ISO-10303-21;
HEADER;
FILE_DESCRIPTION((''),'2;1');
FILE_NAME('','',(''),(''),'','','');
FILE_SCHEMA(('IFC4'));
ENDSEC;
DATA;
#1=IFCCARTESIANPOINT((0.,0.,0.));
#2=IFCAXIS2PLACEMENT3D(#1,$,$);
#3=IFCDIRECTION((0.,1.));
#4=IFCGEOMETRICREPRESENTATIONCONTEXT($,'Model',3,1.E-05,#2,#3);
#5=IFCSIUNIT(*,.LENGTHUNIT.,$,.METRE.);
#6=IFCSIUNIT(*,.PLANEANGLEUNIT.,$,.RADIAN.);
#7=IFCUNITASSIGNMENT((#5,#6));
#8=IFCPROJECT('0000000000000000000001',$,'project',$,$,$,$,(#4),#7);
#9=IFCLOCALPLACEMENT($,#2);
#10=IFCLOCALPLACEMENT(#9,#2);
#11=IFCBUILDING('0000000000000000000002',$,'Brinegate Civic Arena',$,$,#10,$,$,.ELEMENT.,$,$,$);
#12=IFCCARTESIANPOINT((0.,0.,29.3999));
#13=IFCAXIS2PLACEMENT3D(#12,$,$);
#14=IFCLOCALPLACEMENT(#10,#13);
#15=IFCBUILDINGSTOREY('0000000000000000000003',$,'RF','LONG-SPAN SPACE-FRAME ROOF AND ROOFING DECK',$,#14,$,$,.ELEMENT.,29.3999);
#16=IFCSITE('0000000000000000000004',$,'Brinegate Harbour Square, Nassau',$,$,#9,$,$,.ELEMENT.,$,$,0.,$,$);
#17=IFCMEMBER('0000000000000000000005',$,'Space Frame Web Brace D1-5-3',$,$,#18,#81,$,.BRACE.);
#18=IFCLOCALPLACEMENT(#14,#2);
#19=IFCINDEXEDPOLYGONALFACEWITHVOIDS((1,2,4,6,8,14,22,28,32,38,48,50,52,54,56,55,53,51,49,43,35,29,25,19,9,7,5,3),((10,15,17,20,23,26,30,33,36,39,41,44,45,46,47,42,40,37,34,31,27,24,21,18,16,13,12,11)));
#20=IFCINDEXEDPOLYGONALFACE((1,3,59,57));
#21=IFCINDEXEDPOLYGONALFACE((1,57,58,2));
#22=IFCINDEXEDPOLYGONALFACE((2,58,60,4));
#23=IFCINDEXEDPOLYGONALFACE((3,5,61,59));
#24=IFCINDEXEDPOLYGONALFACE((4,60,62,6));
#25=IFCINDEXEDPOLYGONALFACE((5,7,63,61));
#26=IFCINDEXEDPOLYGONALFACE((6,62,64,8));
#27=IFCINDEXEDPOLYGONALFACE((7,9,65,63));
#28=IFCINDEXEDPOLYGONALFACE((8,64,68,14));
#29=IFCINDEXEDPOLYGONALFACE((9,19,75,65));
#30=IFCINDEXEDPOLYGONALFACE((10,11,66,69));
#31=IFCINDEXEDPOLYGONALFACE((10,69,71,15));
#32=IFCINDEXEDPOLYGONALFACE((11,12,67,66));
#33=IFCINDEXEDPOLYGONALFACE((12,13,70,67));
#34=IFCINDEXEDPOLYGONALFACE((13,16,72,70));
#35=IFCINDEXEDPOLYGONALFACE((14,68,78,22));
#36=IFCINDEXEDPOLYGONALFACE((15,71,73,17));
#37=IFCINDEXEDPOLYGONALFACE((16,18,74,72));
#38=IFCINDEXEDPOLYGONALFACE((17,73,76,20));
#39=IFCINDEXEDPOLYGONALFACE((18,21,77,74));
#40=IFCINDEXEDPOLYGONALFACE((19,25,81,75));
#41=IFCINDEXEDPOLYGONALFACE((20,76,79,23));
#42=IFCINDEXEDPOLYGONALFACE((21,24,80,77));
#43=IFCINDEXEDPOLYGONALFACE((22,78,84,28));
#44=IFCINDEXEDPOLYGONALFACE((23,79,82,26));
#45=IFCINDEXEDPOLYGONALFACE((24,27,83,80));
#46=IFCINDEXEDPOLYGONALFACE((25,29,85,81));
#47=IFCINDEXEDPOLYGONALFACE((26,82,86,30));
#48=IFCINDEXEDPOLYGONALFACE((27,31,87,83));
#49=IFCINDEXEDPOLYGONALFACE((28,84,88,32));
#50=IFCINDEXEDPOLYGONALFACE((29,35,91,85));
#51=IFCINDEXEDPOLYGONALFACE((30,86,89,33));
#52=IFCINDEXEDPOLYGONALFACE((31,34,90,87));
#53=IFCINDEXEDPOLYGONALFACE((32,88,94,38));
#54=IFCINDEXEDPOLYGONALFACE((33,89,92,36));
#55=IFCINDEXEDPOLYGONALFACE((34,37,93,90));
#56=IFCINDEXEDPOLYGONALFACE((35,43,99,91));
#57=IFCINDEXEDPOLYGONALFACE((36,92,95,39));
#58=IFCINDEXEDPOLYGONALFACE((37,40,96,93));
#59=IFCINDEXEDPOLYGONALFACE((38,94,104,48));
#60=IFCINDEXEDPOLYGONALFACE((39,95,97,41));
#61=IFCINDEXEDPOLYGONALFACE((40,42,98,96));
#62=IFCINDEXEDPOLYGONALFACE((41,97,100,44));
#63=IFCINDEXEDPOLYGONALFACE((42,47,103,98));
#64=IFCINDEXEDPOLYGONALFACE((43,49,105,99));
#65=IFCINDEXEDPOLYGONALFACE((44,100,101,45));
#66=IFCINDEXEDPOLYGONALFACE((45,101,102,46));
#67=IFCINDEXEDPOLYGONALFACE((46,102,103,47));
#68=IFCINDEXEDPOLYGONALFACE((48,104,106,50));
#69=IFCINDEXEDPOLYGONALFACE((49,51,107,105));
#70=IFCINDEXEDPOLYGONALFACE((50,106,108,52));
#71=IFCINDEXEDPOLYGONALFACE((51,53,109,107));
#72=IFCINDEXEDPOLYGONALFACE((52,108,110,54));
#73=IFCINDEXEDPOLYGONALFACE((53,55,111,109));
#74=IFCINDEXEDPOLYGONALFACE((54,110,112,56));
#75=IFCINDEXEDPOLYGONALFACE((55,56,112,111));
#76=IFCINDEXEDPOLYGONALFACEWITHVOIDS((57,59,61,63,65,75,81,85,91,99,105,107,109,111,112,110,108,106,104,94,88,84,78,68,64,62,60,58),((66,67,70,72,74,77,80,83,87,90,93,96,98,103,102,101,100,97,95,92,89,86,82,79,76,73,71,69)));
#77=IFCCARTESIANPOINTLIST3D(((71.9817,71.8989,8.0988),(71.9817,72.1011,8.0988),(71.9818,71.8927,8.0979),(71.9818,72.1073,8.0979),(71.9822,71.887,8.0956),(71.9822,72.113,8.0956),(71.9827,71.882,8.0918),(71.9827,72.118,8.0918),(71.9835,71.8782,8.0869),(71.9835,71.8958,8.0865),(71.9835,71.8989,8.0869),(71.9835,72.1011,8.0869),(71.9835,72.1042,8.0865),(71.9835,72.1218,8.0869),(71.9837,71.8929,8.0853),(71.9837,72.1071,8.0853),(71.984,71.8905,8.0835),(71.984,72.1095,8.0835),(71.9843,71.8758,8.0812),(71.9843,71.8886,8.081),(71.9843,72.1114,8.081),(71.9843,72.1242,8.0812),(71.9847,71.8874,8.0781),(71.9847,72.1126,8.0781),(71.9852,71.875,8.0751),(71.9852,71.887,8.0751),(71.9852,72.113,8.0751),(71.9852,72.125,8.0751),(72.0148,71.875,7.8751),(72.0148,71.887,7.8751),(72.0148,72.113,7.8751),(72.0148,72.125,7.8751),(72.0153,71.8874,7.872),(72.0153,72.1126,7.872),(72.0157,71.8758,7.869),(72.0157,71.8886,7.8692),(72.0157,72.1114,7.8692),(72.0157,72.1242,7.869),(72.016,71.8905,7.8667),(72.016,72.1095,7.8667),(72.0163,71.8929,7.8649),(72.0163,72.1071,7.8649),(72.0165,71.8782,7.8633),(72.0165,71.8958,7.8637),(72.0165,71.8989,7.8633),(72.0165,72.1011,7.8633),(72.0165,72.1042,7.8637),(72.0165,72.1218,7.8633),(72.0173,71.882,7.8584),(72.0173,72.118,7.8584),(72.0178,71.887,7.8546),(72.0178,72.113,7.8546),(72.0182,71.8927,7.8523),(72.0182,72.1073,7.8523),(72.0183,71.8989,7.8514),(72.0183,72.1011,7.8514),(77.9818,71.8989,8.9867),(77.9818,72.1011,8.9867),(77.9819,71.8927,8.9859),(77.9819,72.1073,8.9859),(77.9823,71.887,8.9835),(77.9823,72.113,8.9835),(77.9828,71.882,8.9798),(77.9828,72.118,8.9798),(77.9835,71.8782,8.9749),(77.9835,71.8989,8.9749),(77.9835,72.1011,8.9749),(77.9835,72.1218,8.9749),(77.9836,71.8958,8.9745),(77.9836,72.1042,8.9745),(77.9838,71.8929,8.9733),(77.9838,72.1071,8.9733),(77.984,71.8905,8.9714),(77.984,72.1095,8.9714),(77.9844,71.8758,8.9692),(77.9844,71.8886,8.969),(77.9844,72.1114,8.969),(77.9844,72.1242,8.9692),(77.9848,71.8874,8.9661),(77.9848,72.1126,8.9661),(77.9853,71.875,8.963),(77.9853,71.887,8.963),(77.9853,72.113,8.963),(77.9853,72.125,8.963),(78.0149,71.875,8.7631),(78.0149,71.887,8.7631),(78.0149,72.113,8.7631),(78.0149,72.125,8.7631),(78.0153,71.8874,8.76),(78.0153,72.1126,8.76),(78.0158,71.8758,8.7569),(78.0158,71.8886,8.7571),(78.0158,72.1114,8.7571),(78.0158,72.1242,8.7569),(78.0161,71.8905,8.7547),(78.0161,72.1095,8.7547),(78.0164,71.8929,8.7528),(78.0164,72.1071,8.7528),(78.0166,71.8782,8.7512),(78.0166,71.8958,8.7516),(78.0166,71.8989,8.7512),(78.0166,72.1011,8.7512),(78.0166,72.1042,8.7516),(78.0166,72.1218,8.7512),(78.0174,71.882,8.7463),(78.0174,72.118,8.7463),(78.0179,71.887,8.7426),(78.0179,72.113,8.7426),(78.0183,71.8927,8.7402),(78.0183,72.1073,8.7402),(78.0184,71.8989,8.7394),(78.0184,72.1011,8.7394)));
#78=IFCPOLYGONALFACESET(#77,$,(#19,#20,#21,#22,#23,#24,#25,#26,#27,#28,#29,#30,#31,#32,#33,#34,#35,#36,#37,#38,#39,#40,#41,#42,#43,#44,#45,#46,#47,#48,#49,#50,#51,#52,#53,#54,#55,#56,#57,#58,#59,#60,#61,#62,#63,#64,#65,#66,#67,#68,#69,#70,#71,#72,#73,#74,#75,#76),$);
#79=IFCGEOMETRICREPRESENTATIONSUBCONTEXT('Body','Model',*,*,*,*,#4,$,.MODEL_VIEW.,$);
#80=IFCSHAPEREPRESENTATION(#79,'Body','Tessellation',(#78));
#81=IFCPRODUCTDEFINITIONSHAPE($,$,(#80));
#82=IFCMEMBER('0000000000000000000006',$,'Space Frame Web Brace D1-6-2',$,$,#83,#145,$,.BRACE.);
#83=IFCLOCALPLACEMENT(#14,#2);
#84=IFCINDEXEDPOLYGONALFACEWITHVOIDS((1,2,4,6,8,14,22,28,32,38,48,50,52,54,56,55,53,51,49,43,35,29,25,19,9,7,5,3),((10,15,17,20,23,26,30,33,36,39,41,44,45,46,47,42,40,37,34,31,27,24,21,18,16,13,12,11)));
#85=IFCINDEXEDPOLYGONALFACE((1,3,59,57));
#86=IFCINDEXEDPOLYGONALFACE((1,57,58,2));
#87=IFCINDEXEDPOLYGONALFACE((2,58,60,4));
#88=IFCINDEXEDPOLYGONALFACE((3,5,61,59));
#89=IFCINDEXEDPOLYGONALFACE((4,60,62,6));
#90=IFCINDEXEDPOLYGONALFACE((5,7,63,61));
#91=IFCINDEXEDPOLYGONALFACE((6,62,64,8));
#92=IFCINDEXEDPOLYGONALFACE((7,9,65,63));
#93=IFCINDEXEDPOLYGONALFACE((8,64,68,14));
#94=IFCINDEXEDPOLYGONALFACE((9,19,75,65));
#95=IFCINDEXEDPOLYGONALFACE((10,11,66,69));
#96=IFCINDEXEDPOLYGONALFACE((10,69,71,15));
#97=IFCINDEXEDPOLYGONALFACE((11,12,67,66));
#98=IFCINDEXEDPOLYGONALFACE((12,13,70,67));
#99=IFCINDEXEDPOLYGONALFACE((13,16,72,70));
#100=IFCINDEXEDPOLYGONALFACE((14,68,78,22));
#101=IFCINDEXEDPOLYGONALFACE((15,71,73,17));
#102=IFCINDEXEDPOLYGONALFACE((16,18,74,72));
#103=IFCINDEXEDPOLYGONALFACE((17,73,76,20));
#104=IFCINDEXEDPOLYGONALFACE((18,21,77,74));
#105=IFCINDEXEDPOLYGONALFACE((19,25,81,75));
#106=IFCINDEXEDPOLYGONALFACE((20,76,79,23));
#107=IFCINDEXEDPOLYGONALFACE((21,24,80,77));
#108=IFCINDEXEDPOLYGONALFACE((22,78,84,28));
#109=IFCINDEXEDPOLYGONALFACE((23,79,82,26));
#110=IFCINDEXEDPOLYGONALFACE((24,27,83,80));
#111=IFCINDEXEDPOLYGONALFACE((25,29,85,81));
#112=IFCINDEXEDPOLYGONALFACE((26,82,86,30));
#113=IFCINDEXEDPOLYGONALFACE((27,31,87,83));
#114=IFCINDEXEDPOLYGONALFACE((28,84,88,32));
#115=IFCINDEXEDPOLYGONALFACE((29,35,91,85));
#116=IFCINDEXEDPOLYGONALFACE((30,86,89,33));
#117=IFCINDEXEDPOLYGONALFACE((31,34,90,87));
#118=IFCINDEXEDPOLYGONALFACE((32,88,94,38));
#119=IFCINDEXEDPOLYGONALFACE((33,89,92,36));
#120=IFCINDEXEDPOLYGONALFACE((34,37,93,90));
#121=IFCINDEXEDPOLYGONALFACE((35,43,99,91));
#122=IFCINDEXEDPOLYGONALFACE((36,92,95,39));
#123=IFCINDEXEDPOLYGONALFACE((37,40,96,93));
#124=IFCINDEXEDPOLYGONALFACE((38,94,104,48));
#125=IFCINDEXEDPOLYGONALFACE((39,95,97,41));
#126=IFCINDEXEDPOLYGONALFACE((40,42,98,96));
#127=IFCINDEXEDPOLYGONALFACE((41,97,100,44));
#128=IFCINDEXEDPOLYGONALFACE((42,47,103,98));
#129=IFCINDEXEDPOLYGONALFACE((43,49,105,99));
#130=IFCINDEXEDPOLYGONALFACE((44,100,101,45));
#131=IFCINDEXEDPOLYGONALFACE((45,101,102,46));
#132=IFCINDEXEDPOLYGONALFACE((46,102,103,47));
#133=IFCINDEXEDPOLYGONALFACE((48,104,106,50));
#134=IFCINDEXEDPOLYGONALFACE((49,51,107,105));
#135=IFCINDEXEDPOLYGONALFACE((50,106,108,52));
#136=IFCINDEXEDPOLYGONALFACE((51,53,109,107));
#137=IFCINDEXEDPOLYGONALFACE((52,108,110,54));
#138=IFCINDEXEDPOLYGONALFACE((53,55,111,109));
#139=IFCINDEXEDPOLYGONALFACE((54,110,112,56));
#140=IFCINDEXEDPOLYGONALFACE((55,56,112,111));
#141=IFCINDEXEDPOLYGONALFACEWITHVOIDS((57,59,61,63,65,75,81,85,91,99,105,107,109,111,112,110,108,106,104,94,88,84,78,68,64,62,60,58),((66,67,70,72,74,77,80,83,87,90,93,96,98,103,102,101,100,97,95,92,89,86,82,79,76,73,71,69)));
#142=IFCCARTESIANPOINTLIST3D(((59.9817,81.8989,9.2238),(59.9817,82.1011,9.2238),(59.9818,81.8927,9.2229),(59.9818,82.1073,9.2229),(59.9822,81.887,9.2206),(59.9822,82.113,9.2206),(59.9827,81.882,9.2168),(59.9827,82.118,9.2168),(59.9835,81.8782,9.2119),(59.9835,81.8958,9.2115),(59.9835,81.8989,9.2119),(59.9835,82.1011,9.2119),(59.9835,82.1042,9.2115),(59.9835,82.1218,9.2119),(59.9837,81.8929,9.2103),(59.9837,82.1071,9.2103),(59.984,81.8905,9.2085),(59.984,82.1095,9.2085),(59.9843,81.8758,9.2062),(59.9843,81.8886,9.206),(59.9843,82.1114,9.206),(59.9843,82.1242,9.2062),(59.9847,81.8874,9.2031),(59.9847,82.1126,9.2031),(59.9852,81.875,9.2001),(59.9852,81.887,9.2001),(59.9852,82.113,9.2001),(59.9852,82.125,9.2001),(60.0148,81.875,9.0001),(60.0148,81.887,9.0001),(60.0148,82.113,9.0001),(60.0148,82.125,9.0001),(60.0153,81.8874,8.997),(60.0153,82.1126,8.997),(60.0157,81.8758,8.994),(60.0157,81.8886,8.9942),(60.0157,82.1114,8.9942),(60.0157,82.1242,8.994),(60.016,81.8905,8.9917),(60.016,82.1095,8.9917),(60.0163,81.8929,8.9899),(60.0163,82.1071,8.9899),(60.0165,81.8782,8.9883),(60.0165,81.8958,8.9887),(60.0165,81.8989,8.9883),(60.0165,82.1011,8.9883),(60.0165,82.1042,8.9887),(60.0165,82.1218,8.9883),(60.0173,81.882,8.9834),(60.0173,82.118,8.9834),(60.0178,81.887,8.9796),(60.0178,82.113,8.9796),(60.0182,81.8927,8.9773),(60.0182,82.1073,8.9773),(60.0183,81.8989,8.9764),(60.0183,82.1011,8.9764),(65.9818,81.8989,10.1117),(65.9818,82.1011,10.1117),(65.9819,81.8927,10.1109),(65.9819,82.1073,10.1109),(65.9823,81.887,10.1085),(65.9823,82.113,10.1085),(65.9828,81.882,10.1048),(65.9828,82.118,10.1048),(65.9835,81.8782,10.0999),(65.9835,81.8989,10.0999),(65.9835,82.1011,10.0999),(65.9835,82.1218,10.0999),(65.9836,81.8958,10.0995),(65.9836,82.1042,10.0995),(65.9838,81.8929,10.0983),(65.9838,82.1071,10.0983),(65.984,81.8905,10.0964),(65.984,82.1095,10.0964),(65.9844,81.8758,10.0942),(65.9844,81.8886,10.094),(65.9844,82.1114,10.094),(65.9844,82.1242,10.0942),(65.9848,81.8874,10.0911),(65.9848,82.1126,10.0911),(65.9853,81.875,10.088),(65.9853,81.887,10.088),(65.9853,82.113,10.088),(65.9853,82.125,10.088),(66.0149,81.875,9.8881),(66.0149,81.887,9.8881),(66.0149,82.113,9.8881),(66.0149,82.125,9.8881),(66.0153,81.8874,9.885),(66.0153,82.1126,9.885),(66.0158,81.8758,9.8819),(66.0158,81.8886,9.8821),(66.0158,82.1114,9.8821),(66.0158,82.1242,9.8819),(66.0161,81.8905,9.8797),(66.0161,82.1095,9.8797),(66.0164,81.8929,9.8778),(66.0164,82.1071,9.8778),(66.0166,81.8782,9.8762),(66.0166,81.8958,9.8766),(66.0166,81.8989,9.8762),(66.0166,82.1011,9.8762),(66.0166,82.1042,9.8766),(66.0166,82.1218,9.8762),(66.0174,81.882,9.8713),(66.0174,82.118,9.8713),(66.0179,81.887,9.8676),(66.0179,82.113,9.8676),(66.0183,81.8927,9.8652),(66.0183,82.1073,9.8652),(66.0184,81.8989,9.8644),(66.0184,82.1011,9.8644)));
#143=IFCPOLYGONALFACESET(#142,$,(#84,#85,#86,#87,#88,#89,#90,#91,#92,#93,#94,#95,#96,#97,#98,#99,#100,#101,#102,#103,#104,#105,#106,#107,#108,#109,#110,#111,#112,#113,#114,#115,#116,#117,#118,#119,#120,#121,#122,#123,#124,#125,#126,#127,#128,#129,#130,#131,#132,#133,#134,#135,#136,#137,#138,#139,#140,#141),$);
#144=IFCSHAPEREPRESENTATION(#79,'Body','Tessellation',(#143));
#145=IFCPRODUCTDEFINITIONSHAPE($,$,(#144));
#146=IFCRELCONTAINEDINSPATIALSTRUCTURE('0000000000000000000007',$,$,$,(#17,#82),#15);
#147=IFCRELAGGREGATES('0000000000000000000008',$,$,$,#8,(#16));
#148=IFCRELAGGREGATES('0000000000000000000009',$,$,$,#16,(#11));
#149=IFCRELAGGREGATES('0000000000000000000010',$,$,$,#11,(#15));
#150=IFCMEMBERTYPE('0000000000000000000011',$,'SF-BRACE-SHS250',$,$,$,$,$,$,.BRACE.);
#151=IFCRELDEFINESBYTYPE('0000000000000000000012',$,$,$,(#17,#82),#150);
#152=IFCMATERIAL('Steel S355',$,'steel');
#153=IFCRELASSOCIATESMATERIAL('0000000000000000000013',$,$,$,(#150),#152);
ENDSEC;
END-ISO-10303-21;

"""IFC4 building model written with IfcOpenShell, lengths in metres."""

from ifc_helpers import new_model, si_unit, direction, frame, origin, origin_2d, place, context, subcontext, project, spatial, hollow_rectangle, extrude, material, material_profile, profile_set, type_object, element, save


model = new_model("IFC4")

# Units and contexts
model_context = context("Model", 3, precision=1e-05, world=origin(), true_north=direction((0.0, 1.0)))
body_context = subcontext(model_context, "Body", "Model", "MODEL_VIEW")
ifc_project = project(units=[si_unit("LENGTHUNIT", "METRE"), si_unit("PLANEANGLEUNIT", "RADIAN")], contexts=[model_context])

# Site, building, storey
site_placement = place(None, origin())
site = spatial("IfcSite", under=ifc_project, at=site_placement, Name="Brinegate Harbour Square, Nassau", CompositionType="ELEMENT", RefElevation=0.0)
building_placement = place(site_placement, origin())
building = spatial("IfcBuilding", under=site, at=building_placement, Name="Brinegate Civic Arena", CompositionType="ELEMENT")
storey_placement = place(building_placement, frame((0.0, 0.0, 29.3999)))
storey = spatial("IfcBuildingStorey", under=building, at=storey_placement, Name="RF", Description="LONG-SPAN SPACE-FRAME ROOF AND ROOFING DECK", CompositionType="ELEMENT", Elevation=29.3999)

# Shared definitions
ifc_material_1 = material(Name="Steel S355", Category="steel")

# Members
ifc_material_profile_1 = material_profile(ifc_material_1, hollow_rectangle(XDim=0.25, YDim=0.25, WallThickness=0.012, InnerFilletRadius=0.012, OuterFilletRadius=0.0239, at=origin_2d()), Name="SHS250X12")
ifc_profile_set_1 = profile_set([ifc_material_profile_1], Name="Steel S355")
member_type_1 = type_object("IfcMemberType", Name="SF-BRACE-SHS250", PredefinedType="BRACE", material=ifc_profile_set_1)
for number, where, z_axis, x_axis, name in (
    (1, (72.0, 72.0, 7.9751), (0.989226, 0.0, 0.146395), (0.0, 1.0, 0.0), "Space Frame Web Brace D1-5-3"),
    (2, (60.0, 82.0, 9.1001), (0.989226, 0.0, 0.146395), (0.0, 1.0, 0.0), "Space Frame Web Brace D1-6-2"),
):
    element("IfcMember", number, at=place(storey_placement, frame(where, z_axis=z_axis, x_axis=x_axis)), inside=storey, type_object=member_type_1, Name=name, PredefinedType="BRACE", context=body_context, shape_type="SweptSolid", body=[
        extrude(hollow_rectangle(XDim=0.25, YDim=0.25, WallThickness=0.012, InnerFilletRadius=0.012, OuterFilletRadius=0.0239, at=origin_2d()), origin(), (0.0, 0.0, 1.0), 6.0654),
    ])

save(model, "model.ifc")
